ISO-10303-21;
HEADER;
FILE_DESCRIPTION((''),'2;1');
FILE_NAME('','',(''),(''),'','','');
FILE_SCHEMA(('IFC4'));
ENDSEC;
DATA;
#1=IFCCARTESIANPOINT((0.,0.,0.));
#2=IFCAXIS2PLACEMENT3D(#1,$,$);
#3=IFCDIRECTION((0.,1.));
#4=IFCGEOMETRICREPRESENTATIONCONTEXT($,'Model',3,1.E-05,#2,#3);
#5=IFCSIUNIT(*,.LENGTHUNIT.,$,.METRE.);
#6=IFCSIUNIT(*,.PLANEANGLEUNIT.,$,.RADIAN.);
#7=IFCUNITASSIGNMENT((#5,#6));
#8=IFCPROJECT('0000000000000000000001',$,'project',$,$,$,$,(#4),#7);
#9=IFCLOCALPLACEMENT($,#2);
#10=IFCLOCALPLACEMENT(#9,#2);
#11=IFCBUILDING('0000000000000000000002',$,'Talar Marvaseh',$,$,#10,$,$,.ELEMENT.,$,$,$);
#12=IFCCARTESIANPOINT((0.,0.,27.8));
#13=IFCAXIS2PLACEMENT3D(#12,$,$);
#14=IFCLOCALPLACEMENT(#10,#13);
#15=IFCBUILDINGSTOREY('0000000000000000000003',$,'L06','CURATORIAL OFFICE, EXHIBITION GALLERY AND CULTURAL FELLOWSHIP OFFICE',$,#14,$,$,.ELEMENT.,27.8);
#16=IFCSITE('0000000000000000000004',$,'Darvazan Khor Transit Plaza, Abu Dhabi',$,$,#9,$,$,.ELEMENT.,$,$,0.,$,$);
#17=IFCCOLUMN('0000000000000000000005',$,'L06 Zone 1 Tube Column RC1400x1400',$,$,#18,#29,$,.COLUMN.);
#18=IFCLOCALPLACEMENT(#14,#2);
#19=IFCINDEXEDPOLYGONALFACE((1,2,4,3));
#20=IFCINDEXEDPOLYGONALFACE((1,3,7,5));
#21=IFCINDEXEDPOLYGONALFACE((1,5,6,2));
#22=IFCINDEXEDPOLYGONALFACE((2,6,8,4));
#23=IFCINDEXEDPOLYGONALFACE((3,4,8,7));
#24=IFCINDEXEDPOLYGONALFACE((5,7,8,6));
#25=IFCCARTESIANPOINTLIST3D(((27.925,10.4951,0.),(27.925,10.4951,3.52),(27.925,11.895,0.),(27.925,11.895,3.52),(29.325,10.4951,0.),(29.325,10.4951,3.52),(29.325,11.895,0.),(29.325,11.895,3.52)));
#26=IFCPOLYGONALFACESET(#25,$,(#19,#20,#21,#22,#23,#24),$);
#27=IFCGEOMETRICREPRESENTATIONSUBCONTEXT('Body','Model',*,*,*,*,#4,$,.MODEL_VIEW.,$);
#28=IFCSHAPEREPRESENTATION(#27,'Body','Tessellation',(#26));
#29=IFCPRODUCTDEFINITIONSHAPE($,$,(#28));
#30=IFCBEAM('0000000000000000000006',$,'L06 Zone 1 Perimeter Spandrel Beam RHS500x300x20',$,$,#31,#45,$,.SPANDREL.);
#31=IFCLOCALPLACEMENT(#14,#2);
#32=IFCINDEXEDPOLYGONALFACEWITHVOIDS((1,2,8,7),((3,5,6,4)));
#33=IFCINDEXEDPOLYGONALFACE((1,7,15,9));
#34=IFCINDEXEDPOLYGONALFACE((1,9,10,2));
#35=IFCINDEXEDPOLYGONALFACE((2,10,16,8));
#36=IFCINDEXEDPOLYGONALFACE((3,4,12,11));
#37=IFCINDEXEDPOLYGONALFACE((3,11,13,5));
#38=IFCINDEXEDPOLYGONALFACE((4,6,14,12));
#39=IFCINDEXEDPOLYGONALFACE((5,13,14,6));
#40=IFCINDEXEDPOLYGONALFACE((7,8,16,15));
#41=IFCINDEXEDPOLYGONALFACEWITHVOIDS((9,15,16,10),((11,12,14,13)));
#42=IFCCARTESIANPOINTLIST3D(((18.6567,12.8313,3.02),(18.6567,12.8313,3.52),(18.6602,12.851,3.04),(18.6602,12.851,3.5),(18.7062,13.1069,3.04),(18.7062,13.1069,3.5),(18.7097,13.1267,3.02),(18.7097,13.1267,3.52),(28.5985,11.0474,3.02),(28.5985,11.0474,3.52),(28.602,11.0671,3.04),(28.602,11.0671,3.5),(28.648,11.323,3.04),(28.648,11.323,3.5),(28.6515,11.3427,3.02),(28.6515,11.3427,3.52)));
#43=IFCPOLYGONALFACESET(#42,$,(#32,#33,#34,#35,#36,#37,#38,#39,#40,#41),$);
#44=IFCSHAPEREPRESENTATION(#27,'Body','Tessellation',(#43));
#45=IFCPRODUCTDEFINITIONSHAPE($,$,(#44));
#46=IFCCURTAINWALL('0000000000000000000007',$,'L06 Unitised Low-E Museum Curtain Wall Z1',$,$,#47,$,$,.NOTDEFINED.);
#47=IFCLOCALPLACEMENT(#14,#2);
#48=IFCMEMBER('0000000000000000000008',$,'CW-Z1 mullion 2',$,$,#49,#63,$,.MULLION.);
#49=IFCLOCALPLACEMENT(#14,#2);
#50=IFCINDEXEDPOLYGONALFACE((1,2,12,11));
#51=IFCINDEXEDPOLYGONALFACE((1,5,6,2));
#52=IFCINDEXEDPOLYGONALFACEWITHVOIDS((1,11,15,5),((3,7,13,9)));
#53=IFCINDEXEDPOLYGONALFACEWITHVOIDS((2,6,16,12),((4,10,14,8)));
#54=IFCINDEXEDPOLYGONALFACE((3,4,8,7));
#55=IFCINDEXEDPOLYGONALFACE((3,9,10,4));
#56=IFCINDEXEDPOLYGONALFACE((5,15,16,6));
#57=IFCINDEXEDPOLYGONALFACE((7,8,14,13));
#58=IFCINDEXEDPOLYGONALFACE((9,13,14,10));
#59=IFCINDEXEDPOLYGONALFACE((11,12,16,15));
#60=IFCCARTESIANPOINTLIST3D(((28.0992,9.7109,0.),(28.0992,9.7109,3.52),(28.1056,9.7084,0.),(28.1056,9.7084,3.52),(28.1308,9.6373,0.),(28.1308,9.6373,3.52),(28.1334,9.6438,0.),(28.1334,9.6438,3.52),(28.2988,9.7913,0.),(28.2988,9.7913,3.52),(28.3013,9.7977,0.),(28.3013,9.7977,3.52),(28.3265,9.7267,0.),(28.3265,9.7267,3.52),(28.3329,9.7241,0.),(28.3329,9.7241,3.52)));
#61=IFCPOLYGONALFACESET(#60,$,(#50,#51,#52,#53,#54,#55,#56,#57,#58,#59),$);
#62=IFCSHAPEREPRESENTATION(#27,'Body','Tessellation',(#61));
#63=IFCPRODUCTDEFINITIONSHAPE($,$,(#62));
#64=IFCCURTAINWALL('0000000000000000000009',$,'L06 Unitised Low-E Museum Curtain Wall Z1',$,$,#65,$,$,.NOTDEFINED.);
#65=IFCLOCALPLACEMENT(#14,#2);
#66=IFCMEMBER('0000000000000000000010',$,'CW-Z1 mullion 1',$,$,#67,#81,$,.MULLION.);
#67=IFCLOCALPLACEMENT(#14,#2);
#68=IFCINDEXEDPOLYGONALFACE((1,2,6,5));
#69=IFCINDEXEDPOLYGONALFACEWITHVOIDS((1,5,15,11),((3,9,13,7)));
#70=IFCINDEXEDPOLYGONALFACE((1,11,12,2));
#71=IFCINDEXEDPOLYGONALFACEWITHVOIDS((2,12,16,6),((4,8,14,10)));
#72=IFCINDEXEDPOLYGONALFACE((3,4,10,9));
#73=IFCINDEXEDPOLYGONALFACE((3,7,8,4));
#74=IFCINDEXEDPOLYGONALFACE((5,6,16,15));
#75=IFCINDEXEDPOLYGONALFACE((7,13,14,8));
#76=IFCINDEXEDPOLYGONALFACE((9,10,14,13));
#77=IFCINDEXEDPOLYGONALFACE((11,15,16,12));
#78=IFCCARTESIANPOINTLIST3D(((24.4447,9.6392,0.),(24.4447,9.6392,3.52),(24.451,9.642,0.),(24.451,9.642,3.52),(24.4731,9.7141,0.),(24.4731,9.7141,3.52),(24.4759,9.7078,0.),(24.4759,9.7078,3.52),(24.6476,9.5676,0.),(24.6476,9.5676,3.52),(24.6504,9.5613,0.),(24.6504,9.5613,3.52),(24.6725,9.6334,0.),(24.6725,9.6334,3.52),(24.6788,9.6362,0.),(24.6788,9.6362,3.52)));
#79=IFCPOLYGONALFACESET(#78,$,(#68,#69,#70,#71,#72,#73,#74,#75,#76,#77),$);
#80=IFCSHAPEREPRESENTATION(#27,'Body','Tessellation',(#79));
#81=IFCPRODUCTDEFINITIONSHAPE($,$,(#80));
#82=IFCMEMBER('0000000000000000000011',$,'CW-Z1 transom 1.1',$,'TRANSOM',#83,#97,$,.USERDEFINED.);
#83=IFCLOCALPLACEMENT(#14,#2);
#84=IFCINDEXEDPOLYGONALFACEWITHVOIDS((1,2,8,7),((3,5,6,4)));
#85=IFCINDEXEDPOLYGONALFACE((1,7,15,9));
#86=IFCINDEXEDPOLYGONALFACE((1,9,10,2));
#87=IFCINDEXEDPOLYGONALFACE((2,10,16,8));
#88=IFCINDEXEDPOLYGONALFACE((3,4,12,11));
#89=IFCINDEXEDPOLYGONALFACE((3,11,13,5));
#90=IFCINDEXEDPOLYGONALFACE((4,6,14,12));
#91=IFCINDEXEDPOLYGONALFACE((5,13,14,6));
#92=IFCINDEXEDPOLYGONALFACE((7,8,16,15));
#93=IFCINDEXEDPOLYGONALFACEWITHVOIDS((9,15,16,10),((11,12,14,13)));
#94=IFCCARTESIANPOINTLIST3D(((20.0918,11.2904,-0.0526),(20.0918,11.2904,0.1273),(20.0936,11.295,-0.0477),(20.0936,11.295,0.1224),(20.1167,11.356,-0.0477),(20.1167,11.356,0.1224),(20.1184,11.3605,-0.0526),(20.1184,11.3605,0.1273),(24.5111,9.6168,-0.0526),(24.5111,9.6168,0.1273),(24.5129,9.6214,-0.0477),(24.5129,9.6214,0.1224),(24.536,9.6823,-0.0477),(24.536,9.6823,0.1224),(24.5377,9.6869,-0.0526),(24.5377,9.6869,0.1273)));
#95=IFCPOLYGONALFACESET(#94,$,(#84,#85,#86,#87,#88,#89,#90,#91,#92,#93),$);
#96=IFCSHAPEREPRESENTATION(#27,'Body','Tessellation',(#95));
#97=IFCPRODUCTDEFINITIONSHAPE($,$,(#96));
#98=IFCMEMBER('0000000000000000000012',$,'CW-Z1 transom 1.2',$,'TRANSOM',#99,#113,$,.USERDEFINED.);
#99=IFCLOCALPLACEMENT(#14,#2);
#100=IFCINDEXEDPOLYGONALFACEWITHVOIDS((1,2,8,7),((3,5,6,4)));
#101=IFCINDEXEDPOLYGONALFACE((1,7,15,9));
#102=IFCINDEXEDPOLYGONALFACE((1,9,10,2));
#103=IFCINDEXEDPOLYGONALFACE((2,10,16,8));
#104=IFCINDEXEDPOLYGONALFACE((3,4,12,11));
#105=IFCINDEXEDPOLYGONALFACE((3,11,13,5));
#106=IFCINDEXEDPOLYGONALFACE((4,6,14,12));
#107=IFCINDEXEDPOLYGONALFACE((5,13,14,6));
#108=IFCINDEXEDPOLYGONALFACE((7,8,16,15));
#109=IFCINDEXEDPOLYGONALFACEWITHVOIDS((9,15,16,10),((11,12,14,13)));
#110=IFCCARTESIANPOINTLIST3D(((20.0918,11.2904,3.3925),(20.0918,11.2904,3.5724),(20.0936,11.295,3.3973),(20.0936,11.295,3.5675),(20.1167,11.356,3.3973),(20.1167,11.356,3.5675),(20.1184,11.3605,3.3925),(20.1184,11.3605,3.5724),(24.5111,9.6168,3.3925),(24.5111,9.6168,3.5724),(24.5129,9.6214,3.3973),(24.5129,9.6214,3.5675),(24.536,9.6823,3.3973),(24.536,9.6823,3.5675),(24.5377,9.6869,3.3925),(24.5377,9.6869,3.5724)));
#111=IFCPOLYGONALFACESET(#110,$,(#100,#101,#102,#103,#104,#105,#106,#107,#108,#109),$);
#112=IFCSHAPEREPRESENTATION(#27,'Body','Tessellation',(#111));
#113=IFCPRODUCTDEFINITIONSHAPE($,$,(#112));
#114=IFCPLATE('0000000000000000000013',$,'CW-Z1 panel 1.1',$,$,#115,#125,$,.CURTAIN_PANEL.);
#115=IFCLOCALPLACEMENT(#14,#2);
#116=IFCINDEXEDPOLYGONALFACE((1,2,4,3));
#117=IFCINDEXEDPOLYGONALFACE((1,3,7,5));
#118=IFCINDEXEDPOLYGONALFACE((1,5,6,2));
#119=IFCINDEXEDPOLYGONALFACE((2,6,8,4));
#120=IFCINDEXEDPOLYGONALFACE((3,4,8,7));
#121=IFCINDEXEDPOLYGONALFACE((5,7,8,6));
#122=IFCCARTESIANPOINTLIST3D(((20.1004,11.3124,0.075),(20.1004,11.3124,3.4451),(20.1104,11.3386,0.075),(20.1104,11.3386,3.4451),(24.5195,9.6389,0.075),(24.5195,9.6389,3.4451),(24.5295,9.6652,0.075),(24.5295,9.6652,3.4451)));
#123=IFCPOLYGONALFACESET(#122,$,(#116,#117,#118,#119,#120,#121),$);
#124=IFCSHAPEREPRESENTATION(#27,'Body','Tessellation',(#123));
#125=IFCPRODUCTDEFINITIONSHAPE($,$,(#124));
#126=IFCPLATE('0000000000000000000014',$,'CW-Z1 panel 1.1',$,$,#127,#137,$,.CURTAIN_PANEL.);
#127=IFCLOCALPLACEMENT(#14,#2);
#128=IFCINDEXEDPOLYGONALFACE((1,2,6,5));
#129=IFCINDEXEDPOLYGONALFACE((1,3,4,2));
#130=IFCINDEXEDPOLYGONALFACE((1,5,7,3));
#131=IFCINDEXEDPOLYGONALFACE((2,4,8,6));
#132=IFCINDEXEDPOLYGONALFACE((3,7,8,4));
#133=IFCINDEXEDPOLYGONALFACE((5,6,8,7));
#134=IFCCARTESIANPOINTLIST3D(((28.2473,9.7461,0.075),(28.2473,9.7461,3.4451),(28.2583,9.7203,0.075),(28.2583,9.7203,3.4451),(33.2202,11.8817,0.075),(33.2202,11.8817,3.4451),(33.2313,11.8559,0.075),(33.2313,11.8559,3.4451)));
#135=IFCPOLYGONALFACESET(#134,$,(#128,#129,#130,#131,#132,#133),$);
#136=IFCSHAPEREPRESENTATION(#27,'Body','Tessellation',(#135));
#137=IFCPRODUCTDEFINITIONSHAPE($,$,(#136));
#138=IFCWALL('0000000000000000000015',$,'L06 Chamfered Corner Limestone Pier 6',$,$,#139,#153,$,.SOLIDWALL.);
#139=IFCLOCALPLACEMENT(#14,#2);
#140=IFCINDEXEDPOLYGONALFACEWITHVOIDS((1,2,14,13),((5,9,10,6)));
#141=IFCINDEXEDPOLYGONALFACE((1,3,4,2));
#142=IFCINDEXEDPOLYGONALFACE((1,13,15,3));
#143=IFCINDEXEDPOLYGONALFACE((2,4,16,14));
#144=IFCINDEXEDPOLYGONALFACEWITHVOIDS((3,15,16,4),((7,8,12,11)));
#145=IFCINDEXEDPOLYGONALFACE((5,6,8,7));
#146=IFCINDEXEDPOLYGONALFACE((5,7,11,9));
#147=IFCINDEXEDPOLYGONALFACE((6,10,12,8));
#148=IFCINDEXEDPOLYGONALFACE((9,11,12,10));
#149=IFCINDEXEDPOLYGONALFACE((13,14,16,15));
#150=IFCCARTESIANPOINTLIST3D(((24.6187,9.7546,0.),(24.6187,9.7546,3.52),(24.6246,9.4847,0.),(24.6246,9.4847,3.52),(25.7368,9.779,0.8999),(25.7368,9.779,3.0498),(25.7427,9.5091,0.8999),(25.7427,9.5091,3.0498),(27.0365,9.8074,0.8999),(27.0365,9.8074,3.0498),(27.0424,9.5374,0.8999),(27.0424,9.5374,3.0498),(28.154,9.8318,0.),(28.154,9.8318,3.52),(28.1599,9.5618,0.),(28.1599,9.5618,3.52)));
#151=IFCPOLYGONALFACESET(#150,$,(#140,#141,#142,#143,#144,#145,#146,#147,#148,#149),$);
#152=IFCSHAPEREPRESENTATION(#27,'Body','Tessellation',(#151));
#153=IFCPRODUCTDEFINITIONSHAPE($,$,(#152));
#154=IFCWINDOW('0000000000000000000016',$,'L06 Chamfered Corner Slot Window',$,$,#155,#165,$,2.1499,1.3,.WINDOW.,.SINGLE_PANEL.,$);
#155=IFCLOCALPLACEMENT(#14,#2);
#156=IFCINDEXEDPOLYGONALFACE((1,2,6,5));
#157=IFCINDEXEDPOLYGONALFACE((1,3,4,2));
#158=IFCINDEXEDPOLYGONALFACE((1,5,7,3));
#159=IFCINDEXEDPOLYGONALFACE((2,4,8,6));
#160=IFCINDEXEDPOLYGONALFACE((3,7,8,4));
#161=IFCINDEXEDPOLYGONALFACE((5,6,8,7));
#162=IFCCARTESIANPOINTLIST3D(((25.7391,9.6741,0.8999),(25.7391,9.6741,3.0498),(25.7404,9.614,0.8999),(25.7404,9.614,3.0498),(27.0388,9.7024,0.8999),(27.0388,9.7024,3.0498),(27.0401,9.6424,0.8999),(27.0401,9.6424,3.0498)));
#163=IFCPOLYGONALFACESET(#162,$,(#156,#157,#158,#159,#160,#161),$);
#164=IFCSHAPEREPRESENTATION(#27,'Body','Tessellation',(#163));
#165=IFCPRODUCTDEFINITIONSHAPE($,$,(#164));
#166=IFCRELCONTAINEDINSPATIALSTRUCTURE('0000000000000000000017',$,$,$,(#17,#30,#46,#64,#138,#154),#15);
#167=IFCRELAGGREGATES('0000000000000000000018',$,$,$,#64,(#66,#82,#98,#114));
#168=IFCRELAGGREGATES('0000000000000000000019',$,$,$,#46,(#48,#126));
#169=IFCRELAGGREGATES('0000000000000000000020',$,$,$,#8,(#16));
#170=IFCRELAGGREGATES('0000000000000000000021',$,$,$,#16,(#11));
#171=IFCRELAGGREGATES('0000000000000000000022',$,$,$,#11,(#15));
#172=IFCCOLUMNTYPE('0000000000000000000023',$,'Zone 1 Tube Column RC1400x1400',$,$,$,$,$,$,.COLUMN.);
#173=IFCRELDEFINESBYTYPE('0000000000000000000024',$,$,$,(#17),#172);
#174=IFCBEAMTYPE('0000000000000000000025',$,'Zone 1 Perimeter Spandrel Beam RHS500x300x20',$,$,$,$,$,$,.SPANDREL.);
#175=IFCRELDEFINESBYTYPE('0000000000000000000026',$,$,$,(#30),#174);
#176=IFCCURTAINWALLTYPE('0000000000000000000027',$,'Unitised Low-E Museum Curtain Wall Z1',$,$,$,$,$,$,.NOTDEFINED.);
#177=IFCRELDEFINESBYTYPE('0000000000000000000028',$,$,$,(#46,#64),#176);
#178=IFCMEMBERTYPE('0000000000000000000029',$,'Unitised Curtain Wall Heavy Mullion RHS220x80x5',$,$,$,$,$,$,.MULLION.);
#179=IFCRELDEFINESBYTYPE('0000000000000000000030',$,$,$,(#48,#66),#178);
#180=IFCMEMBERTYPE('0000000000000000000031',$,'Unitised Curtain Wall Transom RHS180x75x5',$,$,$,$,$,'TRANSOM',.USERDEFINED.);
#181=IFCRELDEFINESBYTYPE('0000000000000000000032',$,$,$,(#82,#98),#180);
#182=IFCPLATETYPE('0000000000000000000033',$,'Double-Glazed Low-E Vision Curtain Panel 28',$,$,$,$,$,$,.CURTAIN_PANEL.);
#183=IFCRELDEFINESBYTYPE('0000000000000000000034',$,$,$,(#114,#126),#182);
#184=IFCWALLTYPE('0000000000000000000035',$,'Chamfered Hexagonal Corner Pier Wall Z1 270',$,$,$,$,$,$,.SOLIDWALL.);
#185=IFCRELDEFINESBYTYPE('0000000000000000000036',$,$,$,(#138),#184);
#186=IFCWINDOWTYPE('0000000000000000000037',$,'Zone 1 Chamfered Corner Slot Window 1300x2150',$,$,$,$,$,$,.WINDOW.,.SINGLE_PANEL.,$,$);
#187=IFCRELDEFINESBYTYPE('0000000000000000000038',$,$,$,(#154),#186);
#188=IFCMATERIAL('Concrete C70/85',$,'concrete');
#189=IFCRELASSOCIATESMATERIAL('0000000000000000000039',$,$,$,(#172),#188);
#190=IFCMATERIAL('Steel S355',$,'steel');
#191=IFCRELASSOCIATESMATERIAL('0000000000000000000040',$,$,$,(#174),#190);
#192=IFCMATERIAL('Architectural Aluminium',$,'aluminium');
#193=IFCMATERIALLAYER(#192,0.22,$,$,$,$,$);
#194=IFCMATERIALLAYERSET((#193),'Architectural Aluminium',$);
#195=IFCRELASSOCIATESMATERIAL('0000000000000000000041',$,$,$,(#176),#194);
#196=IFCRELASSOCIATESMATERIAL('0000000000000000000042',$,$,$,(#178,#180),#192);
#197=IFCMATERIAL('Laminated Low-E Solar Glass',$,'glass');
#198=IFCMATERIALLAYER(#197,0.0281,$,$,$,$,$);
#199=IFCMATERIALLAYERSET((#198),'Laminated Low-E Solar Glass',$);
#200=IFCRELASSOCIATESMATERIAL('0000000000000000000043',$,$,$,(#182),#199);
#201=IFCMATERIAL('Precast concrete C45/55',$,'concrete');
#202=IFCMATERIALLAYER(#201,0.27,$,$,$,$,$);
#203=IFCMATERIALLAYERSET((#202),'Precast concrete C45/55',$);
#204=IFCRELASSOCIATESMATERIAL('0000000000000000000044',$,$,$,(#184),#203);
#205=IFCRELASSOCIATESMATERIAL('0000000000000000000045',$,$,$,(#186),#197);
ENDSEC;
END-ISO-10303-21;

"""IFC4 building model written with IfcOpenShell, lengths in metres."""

from ifc_helpers import new_model, si_unit, direction, frame, frame_2d, origin, origin_2d, place, context, subcontext, project, spatial, rectangle, hollow_rectangle, extrude, source, transform, mapped, material, layer, layer_set, material_profile, profile_set, type_object, type_shapes, element, fill, aggregate, save


model = new_model("IFC4")

# Units and contexts
model_context = context("Model", 3, precision=1e-05, world=origin(), true_north=direction((0.0, 1.0)))
body_context = subcontext(model_context, "Body", "Model", "MODEL_VIEW")
ifc_project = project(units=[si_unit("LENGTHUNIT", "METRE"), si_unit("PLANEANGLEUNIT", "RADIAN")], contexts=[model_context])

# Site, building, storey
site_placement = place(None, origin())
site = spatial("IfcSite", under=ifc_project, at=site_placement, Name="Darvazan Khor Transit Plaza, Abu Dhabi", CompositionType="ELEMENT", RefElevation=0.0)
building_placement = place(site_placement, origin())
building = spatial("IfcBuilding", under=site, at=building_placement, Name="Talar Marvaseh", CompositionType="ELEMENT")
storey_placement = place(building_placement, frame((0.0, 0.0, 27.8)))
storey = spatial("IfcBuildingStorey", under=building, at=storey_placement, Name="L06", Description="CURATORIAL OFFICE, EXHIBITION GALLERY AND CULTURAL FELLOWSHIP OFFICE", CompositionType="ELEMENT", Elevation=27.8)

# Column
ifc_material_1 = material(Name="Concrete C70/85", Category="concrete")
ifc_material_profile_1 = material_profile(ifc_material_1, rectangle(XDim=1.3999, YDim=1.3999, at=origin_2d()), Name="RC1400x1400")
ifc_profile_set_1 = profile_set([ifc_material_profile_1], Name="Concrete C70/85")
column_type = type_object("IfcColumnType", Name="Zone 1 Tube Column RC1400x1400", PredefinedType="COLUMN", material=ifc_profile_set_1)
column_placement = place(storey_placement, frame((28.625, 11.1951, 0.0), z_axis=(0.0, 0.0, 1.0), x_axis=(1.0, 0.0, 0.0)))
element("IfcColumn", 1, at=column_placement, inside=storey, type_object=column_type, Name="L06 Zone 1 Tube Column RC1400x1400", PredefinedType="COLUMN", context=body_context, shape_type="SweptSolid", body=[
    extrude(rectangle(XDim=1.3999, YDim=1.3999, at=origin_2d()), origin(), (0.0, 0.0, 1.0), 3.52),
])

# Beam
ifc_material_2 = material(Name="Steel S355", Category="steel")
ifc_material_profile_2 = material_profile(ifc_material_2, hollow_rectangle(XDim=0.3, YDim=0.5, WallThickness=0.02, at=origin_2d()), Name="RHS500x300x20")
ifc_profile_set_2 = profile_set([ifc_material_profile_2], Name="Steel S355")
beam_type = type_object("IfcBeamType", Name="Zone 1 Perimeter Spandrel Beam RHS500x300x20", PredefinedType="SPANDREL", material=ifc_profile_set_2)
beam_placement = place(storey_placement, frame((28.625, 11.1951, 3.27), z_axis=(-0.98428, 0.176615, 0.0), x_axis=(-0.176615, -0.98428, 0.0)))
element("IfcBeam", 2, at=beam_placement, inside=storey, type_object=beam_type, Name="L06 Zone 1 Perimeter Spandrel Beam RHS500x300x20", PredefinedType="SPANDREL", context=body_context, shape_type="SweptSolid", body=[
    extrude(hollow_rectangle(XDim=0.3, YDim=0.5, WallThickness=0.02, at=origin_2d()), origin(), (0.0, 0.0, 1.0), 10.1006),
])

# Curtain wall, member
ifc_material_3 = material(Name="Architectural Aluminium", Category="aluminium")
ifc_layer_1 = layer(ifc_material_3, 0.22)
ifc_layer_set_1 = layer_set([ifc_layer_1], Name="Architectural Aluminium")
curtain_wall_type = type_object("IfcCurtainWallType", Name="Unitised Low-E Museum Curtain Wall Z1", PredefinedType="NOTDEFINED", material=ifc_layer_set_1)
curtain_wall_1_placement = place(storey_placement, origin())
curtain_wall_1 = element("IfcCurtainWall", 3, at=curtain_wall_1_placement, inside=storey, type_object=curtain_wall_type, Name="L06 Unitised Low-E Museum Curtain Wall Z1", PredefinedType="NOTDEFINED")
ifc_material_profile_3 = material_profile(ifc_material_3, hollow_rectangle(XDim=0.0801, YDim=0.22, WallThickness=0.0049, at=origin_2d()), Name="RHS220x80x5")
ifc_profile_set_3 = profile_set([ifc_material_profile_3], Name="Architectural Aluminium")
member_type_1 = type_object("IfcMemberType", Name="Unitised Curtain Wall Heavy Mullion RHS220x80x5", PredefinedType="MULLION", material=ifc_profile_set_3)
shared_shape_1 = source(origin(), body_context, "Body", "SweptSolid", [
    extrude(hollow_rectangle(XDim=0.0801, YDim=0.22, WallThickness=0.0049, at=origin_2d()), origin(), (0.0, 0.0, 1.0), 3.52),
])
type_shapes(member_type_1, [shared_shape_1])
member_1_placement = place(storey_placement, frame((28.2161, 9.7175, 0.0), z_axis=(0.0, 0.0, 1.0), x_axis=(0.394604, -0.918851, 0.0)))
member_1 = element("IfcMember", 4, at=member_1_placement, type_object=member_type_1, Name="CW-Z1 mullion 2", PredefinedType="MULLION", context=body_context, shape_type="MappedRepresentation", body=[
    mapped(shared_shape_1, transform((0.0, 0.0, 0.0), x_axis=(1.0, 0.0, 0.0), y_axis=(0.0, 1.0, 0.0), z_axis=(0.0, 0.0, 1.0), scale=1.0)),
])

# Curtain wall, members, plate
curtain_wall_2_placement = place(storey_placement, origin())
curtain_wall_2 = element("IfcCurtainWall", 5, at=curtain_wall_2_placement, inside=storey, type_object=curtain_wall_type, Name="L06 Unitised Low-E Museum Curtain Wall Z1", PredefinedType="NOTDEFINED")
member_2_placement = place(storey_placement, frame((24.5618, 9.6377, 0.0), z_axis=(0.0, 0.0, 1.0), x_axis=(-0.354147, -0.93519, 0.0)))
member_2 = element("IfcMember", 6, at=member_2_placement, type_object=member_type_1, Name="CW-Z1 mullion 1", PredefinedType="MULLION", context=body_context, shape_type="MappedRepresentation", body=[
    mapped(shared_shape_1, transform((0.0, 0.0, 0.0), x_axis=(1.0, 0.0, 0.0), y_axis=(0.0, 1.0, 0.0), z_axis=(0.0, 0.0, 1.0), scale=1.0)),
])
ifc_material_profile_4 = material_profile(ifc_material_3, hollow_rectangle(XDim=0.075, YDim=0.1799, WallThickness=0.0049, at=origin_2d()), Name="RHS180x75x5")
ifc_profile_set_4 = profile_set([ifc_material_profile_4], Name="Architectural Aluminium")
member_type_2 = type_object("IfcMemberType", Name="Unitised Curtain Wall Transom RHS180x75x5", ElementType="TRANSOM", PredefinedType="USERDEFINED", material=ifc_profile_set_4)
shared_shape_2 = source(origin(), body_context, "Body", "SweptSolid", [
    extrude(hollow_rectangle(XDim=0.075, YDim=0.1799, WallThickness=0.0049, at=origin_2d()), origin(), (0.0, 0.0, 1.0), 4.7256),
])
type_shapes(member_type_2, [shared_shape_2])
member_3_placement = place(storey_placement, frame((24.5244, 9.6519, 0.0374), z_axis=(-0.935184, 0.354162, 0.0), x_axis=(-0.354162, -0.935184, 0.0)))
member_3 = element("IfcMember", 7, at=member_3_placement, type_object=member_type_2, Name="CW-Z1 transom 1.1", ObjectType="TRANSOM", PredefinedType="USERDEFINED", context=body_context, shape_type="MappedRepresentation", body=[
    mapped(shared_shape_2, transform((0.0, 0.0, 0.0), x_axis=(1.0, 0.0, 0.0), y_axis=(0.0, 1.0, 0.0), z_axis=(0.0, 0.0, 1.0), scale=1.0)),
])
member_4_placement = place(storey_placement, frame((24.5244, 9.6519, 3.4824), z_axis=(-0.935184, 0.354162, 0.0), x_axis=(-0.354162, -0.935184, 0.0)))
member_4 = element("IfcMember", 8, at=member_4_placement, type_object=member_type_2, Name="CW-Z1 transom 1.2", ObjectType="TRANSOM", PredefinedType="USERDEFINED", context=body_context, shape_type="MappedRepresentation", body=[
    mapped(shared_shape_2, transform((0.0, 0.0, 0.0), x_axis=(1.0, 0.0, 0.0), y_axis=(0.0, 1.0, 0.0), z_axis=(0.0, 0.0, 1.0), scale=1.0)),
])
ifc_material_4 = material(Name="Laminated Low-E Solar Glass", Category="glass")
ifc_layer_2 = layer(ifc_material_4, 0.0281)
ifc_layer_set_2 = layer_set([ifc_layer_2], Name="Laminated Low-E Solar Glass")
plate_type = type_object("IfcPlateType", Name="Double-Glazed Low-E Vision Curtain Panel 28", PredefinedType="CURTAIN_PANEL", material=ifc_layer_set_2)
shared_shape_3 = source(origin(), body_context, "Body", "SweptSolid", [
    extrude(rectangle(XDim=4.7253, YDim=0.0281, at=origin_2d()), origin(), (0.0, 0.0, 1.0), 3.3701),
])
plate_1_placement = place(storey_placement, frame((22.3149, 10.4888, 0.075), z_axis=(0.0, 0.0, 1.0), x_axis=(-0.93519, 0.354147, 0.0)))
plate_1 = element("IfcPlate", 9, at=plate_1_placement, type_object=plate_type, Name="CW-Z1 panel 1.1", PredefinedType="CURTAIN_PANEL", context=body_context, shape_type="MappedRepresentation", body=[
    mapped(shared_shape_3, transform((0.0, 0.0, 0.0), x_axis=(1.0, 0.0, 0.0), y_axis=(0.0, 1.0, 0.0), z_axis=(0.0, 0.0, 1.0), scale=1.0)),
])
aggregate(curtain_wall_2, [member_2, member_3, member_4, plate_1])

# Plate
shared_shape_4 = source(origin(), body_context, "Body", "SweptSolid", [
    extrude(rectangle(XDim=5.4121, YDim=0.0281, at=origin_2d()), origin(), (0.0, 0.0, 1.0), 3.3701),
])
type_shapes(plate_type, [shared_shape_3, shared_shape_4])
plate_2_placement = place(storey_placement, frame((30.7393, 10.801, 0.075), z_axis=(0.0, 0.0, 1.0), x_axis=(-0.918851, -0.394604, 0.0)))
plate_2 = element("IfcPlate", 10, at=plate_2_placement, type_object=plate_type, Name="CW-Z1 panel 1.1", PredefinedType="CURTAIN_PANEL", context=body_context, shape_type="MappedRepresentation", body=[
    mapped(shared_shape_4, transform((0.0, 0.0, 0.0), x_axis=(1.0, 0.0, 0.0), y_axis=(0.0, 1.0, 0.0), z_axis=(0.0, 0.0, 1.0), scale=1.0)),
])
aggregate(curtain_wall_1, [member_1, plate_2])

# Wall, opening, window
ifc_material_5 = material(Name="Precast concrete C45/55", Category="concrete")
ifc_layer_3 = layer(ifc_material_5, 0.27)
ifc_layer_set_3 = layer_set([ifc_layer_3], Name="Precast concrete C45/55")
wall_type_1 = type_object("IfcWallType", Name="Chamfered Hexagonal Corner Pier Wall Z1 270", PredefinedType="SOLIDWALL", material=ifc_layer_set_3)
wall_1_placement = place(storey_placement, frame((28.157, 9.6968, 0.0), z_axis=(0.0, 0.0, 1.0), x_axis=(-0.999762, -0.021817, 0.0)))
wall_1 = element("IfcWall", 11, at=wall_1_placement, inside=storey, type_object=wall_type_1, Name="L06 Chamfered Corner Limestone Pier 6", PredefinedType="SOLIDWALL", context=body_context, shape_type="SweptSolid", body=[
    extrude(rectangle(XDim=3.5361, YDim=0.27, at=frame_2d((1.7681, 0.0))), origin(), (0.0, 0.0, 1.0), 3.52),
])
opening_1_placement = place(wall_1_placement, frame((1.1179, 0.0, 0.8999)))
opening_1 = element("IfcOpeningElement", 12, at=opening_1_placement, cuts=wall_1, PredefinedType="OPENING", context=body_context, shape_type="SweptSolid", body=[
    extrude(rectangle(XDim=1.3, YDim=2.1499, at=frame_2d((0.6499, 1.075))), frame((0.0, 0.145, 0.0), z_axis=(0.0, -1.0, 0.0), x_axis=(1.0, 0.0, 0.0)), (0.0, 0.0, 1.0), 0.29),
])
window_type = type_object("IfcWindowType", Name="Zone 1 Chamfered Corner Slot Window 1300x2150", PartitioningType="SINGLE_PANEL", PredefinedType="WINDOW", material=ifc_material_4)
shared_shape_5 = source(origin(), body_context, "Body", "SweptSolid", [
    extrude(rectangle(XDim=1.3, YDim=2.1499, at=frame_2d((0.6499, 1.075))), frame((0.0, 0.03, 0.0), z_axis=(0.0, -1.0, 0.0), x_axis=(1.0, 0.0, 0.0)), (0.0, 0.0, 1.0), 0.0601),
])
type_shapes(window_type, [shared_shape_5])
window_placement = place(opening_1_placement, origin())
window = element("IfcWindow", 13, at=window_placement, inside=storey, type_object=window_type, Name="L06 Chamfered Corner Slot Window", OverallHeight=2.1499, OverallWidth=1.3, PartitioningType="SINGLE_PANEL", PredefinedType="WINDOW", context=body_context, shape_type="MappedRepresentation", body=[
    mapped(shared_shape_5, transform((0.0, 0.0, 0.0), x_axis=(1.0, 0.0, 0.0), y_axis=(0.0, 1.0, 0.0), z_axis=(0.0, 0.0, 1.0), scale=1.0)),
])
fill(opening_1, window)

save(model, "model.ifc")
